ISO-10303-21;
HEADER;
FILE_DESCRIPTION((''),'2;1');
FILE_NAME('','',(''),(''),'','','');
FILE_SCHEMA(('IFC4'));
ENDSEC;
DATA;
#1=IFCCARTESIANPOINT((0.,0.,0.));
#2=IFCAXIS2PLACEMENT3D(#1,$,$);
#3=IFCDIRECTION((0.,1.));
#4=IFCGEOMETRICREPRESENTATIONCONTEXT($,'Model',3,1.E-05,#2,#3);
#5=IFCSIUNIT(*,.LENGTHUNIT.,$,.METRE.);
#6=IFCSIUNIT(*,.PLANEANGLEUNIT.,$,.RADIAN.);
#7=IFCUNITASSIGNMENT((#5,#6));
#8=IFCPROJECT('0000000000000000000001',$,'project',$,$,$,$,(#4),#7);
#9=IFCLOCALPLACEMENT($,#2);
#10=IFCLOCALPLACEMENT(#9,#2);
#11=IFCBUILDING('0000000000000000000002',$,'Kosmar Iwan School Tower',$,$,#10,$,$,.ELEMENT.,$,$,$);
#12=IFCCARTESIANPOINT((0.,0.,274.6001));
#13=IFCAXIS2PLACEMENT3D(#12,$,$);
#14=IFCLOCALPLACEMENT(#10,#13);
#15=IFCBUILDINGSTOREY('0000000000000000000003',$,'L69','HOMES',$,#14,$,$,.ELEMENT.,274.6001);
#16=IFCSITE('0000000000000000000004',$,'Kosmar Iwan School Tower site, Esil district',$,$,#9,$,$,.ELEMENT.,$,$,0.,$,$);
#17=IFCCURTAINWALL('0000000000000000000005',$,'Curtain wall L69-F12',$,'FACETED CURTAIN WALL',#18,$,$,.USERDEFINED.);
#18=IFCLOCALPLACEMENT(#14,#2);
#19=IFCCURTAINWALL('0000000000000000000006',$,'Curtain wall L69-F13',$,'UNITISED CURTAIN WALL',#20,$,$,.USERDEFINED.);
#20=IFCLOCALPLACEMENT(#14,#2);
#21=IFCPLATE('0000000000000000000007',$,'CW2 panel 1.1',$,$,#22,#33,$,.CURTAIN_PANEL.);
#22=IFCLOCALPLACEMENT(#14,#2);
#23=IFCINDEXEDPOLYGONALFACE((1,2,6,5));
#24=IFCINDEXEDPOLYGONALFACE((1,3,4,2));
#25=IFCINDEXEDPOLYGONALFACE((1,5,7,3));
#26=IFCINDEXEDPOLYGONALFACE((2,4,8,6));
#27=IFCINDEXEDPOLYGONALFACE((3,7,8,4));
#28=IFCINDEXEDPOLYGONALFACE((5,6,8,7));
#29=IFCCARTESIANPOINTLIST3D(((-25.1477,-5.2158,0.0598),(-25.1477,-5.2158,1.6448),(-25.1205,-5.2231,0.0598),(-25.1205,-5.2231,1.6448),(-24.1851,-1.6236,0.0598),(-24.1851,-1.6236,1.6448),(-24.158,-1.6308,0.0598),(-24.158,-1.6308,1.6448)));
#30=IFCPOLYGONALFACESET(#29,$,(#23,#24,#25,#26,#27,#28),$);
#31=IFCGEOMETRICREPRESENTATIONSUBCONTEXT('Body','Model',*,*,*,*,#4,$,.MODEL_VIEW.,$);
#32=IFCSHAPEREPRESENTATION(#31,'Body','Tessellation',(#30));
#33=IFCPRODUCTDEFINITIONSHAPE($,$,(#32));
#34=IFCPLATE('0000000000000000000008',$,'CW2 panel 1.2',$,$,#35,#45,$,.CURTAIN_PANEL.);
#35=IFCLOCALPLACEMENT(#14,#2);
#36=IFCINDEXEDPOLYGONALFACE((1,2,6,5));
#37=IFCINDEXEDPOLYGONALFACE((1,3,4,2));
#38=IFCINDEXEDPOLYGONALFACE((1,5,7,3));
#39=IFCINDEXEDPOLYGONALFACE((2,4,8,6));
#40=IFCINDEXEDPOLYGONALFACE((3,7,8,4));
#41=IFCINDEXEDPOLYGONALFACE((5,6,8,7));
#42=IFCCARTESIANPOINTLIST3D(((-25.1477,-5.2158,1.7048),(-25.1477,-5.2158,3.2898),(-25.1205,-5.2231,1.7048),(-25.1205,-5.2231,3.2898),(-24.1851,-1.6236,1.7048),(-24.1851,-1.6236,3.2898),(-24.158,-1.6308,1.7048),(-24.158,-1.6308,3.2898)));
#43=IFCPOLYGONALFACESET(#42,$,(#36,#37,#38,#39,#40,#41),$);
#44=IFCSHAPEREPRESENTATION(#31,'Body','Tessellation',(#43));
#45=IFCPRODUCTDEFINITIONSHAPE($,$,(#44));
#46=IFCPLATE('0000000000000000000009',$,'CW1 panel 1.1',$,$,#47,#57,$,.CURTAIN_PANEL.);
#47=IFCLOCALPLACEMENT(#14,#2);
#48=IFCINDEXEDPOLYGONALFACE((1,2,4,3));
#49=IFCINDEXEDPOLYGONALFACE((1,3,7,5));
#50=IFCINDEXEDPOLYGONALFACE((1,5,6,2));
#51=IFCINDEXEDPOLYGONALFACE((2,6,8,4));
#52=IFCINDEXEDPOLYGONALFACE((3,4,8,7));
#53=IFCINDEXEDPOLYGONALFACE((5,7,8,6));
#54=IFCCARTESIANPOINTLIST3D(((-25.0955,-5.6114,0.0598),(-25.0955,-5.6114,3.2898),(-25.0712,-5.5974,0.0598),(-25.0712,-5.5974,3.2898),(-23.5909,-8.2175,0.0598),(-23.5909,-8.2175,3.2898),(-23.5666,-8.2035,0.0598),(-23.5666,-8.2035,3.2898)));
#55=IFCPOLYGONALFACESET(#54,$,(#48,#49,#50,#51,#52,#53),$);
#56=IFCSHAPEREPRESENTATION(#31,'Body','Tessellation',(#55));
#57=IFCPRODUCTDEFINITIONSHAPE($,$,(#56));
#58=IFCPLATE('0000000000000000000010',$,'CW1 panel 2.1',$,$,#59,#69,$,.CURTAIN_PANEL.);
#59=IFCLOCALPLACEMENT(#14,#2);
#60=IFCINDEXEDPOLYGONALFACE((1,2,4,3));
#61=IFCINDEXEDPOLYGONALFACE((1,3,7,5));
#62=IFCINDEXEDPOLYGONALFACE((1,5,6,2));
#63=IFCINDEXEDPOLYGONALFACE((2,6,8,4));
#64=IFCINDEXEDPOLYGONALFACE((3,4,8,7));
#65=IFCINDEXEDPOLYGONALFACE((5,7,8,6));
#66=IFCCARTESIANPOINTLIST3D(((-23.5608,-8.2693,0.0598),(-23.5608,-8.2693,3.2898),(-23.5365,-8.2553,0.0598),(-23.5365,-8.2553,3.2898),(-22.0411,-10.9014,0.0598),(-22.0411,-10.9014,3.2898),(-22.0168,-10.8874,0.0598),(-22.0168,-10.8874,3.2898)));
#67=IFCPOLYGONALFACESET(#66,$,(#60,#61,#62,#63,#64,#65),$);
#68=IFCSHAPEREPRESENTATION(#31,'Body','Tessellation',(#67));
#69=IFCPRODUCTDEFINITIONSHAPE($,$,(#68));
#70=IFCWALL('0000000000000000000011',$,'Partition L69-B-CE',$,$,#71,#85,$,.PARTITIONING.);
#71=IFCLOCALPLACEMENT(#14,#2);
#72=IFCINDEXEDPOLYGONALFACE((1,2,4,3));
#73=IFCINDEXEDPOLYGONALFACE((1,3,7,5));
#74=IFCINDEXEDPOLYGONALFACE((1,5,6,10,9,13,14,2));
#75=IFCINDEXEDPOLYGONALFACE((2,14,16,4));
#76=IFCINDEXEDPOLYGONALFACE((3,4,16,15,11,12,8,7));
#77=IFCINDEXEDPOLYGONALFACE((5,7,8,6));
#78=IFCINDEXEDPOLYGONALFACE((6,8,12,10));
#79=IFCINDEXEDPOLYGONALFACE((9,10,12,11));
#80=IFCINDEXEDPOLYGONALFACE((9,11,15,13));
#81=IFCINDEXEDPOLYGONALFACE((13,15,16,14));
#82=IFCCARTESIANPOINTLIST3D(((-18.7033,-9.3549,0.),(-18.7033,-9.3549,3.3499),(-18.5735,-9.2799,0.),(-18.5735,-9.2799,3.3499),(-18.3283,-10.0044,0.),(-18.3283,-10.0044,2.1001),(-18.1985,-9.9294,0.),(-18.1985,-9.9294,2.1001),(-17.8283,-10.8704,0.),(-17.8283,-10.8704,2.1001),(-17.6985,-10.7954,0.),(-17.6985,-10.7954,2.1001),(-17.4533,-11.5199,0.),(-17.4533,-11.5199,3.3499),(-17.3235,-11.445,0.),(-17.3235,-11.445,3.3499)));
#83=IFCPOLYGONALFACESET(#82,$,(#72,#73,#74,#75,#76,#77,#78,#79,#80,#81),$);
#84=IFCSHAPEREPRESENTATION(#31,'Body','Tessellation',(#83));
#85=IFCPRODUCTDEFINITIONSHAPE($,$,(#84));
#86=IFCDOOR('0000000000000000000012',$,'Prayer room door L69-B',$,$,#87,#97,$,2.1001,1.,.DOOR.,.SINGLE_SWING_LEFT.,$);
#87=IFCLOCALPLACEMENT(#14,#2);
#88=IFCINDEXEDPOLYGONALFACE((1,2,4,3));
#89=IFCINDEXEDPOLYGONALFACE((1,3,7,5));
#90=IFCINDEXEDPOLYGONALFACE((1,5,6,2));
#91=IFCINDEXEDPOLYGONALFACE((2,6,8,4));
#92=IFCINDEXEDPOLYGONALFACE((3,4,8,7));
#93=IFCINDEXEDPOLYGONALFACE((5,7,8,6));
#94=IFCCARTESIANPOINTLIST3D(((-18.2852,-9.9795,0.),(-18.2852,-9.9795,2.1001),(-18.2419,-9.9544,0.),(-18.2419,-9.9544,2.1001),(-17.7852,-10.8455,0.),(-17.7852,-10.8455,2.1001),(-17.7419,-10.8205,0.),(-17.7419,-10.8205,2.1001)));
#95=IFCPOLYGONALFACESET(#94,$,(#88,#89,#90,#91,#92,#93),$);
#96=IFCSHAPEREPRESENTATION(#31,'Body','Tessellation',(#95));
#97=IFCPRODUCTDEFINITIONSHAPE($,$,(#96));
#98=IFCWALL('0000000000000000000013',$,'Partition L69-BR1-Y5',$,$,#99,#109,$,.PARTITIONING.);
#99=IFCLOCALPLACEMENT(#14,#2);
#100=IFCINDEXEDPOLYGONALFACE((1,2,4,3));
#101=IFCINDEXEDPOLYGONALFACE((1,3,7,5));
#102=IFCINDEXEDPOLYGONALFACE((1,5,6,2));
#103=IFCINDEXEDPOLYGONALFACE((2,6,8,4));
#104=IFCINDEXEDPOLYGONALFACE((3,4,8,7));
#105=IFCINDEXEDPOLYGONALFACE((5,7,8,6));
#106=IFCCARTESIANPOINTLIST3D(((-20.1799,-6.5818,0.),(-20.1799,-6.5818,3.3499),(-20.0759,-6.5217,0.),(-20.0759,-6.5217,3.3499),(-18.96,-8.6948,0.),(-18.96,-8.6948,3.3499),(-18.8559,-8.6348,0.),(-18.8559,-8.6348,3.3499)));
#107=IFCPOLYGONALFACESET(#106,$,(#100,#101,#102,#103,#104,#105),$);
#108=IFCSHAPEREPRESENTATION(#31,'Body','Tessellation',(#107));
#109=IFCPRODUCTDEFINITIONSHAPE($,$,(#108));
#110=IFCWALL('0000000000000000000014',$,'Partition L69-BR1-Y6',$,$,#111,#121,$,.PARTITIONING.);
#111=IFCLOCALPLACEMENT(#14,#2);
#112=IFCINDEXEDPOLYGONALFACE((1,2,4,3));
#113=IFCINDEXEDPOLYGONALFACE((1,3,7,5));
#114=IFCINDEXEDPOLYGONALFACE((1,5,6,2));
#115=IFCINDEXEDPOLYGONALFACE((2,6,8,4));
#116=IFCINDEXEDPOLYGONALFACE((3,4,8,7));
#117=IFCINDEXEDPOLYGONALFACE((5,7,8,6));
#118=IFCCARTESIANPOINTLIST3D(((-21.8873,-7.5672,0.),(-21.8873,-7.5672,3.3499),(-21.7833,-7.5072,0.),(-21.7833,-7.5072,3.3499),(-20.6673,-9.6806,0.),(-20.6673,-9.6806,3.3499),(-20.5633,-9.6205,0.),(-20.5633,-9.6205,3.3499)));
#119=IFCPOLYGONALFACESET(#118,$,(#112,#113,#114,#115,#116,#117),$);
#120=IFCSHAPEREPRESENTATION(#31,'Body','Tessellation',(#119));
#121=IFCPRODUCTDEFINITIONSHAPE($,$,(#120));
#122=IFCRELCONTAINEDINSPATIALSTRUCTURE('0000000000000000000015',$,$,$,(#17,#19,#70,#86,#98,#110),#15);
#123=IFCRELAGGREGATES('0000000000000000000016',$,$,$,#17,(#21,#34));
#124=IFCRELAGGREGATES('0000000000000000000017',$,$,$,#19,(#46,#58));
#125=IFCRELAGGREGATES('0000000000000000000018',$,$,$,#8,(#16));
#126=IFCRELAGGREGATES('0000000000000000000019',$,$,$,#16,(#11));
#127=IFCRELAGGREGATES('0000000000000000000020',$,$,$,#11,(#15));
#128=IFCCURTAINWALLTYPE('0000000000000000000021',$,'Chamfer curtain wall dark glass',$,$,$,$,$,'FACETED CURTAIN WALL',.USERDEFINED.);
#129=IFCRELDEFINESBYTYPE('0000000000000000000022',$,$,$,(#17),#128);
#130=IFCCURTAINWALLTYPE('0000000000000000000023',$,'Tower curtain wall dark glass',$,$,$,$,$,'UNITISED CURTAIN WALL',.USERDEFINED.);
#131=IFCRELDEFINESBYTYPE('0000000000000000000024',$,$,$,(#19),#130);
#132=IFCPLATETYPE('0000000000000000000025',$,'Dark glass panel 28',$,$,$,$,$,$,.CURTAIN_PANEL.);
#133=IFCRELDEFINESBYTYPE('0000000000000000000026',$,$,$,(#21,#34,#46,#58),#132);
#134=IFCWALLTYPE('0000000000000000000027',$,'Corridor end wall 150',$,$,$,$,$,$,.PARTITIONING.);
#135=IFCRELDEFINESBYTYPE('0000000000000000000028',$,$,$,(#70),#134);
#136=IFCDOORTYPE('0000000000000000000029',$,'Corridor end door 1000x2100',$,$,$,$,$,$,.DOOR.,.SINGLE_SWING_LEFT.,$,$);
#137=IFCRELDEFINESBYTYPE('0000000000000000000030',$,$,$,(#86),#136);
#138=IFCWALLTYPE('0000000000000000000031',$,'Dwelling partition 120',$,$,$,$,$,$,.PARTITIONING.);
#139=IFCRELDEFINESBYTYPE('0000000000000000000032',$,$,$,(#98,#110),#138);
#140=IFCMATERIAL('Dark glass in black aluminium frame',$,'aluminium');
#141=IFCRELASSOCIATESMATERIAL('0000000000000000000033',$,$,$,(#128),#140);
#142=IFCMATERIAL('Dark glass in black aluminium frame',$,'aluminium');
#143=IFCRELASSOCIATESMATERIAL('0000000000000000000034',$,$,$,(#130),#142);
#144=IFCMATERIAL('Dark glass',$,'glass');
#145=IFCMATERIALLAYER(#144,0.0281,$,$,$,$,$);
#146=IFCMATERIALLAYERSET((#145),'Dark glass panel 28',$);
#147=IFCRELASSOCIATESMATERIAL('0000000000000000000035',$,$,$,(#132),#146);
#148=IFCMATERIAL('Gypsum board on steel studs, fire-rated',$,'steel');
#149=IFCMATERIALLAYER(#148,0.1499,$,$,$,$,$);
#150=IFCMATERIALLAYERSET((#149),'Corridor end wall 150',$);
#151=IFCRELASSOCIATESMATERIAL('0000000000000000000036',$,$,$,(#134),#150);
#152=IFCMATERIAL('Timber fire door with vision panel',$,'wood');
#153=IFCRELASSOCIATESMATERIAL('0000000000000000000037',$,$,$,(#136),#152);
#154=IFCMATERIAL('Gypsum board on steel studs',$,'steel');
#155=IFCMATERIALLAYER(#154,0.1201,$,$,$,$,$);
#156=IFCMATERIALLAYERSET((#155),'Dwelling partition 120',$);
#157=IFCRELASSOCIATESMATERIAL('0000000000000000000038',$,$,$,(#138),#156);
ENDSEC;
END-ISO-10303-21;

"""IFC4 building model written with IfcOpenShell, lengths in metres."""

from ifc_helpers import new_model, si_unit, direction, frame, frame_2d, origin, origin_2d, place, context, subcontext, project, spatial, rectangle, extrude, material, layer, layer_set, type_object, element, fill, aggregate, save


model = new_model("IFC4")

# Units and contexts
model_context = context("Model", 3, precision=1e-05, world=origin(), true_north=direction((0.0, 1.0)))
body_context = subcontext(model_context, "Body", "Model", "MODEL_VIEW")
ifc_project = project(units=[si_unit("LENGTHUNIT", "METRE"), si_unit("PLANEANGLEUNIT", "RADIAN")], contexts=[model_context])

# Site, building, storey
site_placement = place(None, origin())
site = spatial("IfcSite", under=ifc_project, at=site_placement, Name="Kosmar Iwan School Tower site, Esil district", CompositionType="ELEMENT", RefElevation=0.0)
building_placement = place(site_placement, origin())
building = spatial("IfcBuilding", under=site, at=building_placement, Name="Kosmar Iwan School Tower", CompositionType="ELEMENT")
storey_placement = place(building_placement, frame((0.0, 0.0, 274.6001)))
storey = spatial("IfcBuildingStorey", under=building, at=storey_placement, Name="L69", Description="HOMES", CompositionType="ELEMENT", Elevation=274.6001)

# Curtain wall
ifc_material_1 = material(Name="Dark glass in black aluminium frame", Category="aluminium")
curtain_wall_type_1 = type_object("IfcCurtainWallType", Name="Chamfer curtain wall dark glass", ElementType="FACETED CURTAIN WALL", PredefinedType="USERDEFINED", material=ifc_material_1)
curtain_wall_1_placement = place(storey_placement, origin())
curtain_wall_1 = element("IfcCurtainWall", 1, at=curtain_wall_1_placement, inside=storey, type_object=curtain_wall_type_1, Name="Curtain wall L69-F12", ObjectType="FACETED CURTAIN WALL", PredefinedType="USERDEFINED")

# Curtain wall
ifc_material_2 = material(Name="Dark glass in black aluminium frame", Category="aluminium")
curtain_wall_type_2 = type_object("IfcCurtainWallType", Name="Tower curtain wall dark glass", ElementType="UNITISED CURTAIN WALL", PredefinedType="USERDEFINED", material=ifc_material_2)
curtain_wall_2_placement = place(storey_placement, origin())
curtain_wall_2 = element("IfcCurtainWall", 2, at=curtain_wall_2_placement, inside=storey, type_object=curtain_wall_type_2, Name="Curtain wall L69-F13", ObjectType="UNITISED CURTAIN WALL", PredefinedType="USERDEFINED")

# Plates
ifc_material_3 = material(Name="Dark glass", Category="glass")
ifc_layer_1 = layer(ifc_material_3, 0.0281)
ifc_layer_set_1 = layer_set([ifc_layer_1], Name="Dark glass panel 28")
plate_type = type_object("IfcPlateType", Name="Dark glass panel 28", PredefinedType="CURTAIN_PANEL", material=ifc_layer_set_1)
plate_1_placement = place(storey_placement, frame((-24.6528, -3.4233, 0.0598), z_axis=(0.0, 0.0, 1.0), x_axis=(-0.258819, -0.965926, 0.0)))
plate_1 = element("IfcPlate", 3, at=plate_1_placement, type_object=plate_type, Name="CW2 panel 1.1", PredefinedType="CURTAIN_PANEL", context=body_context, shape_type="SweptSolid", body=[
    extrude(rectangle(XDim=3.719, YDim=0.0281, at=origin_2d()), origin(), (0.0, 0.0, 1.0), 1.585),
])
plate_2_placement = place(storey_placement, frame((-24.6528, -3.4233, 1.7048), z_axis=(0.0, 0.0, 1.0), x_axis=(-0.258819, -0.965926, 0.0)))
plate_2 = element("IfcPlate", 4, at=plate_2_placement, type_object=plate_type, Name="CW2 panel 1.2", PredefinedType="CURTAIN_PANEL", context=body_context, shape_type="SweptSolid", body=[
    extrude(rectangle(XDim=3.719, YDim=0.0281, at=origin_2d()), origin(), (0.0, 0.0, 1.0), 1.585),
])
aggregate(curtain_wall_1, [plate_1, plate_2])
plate_3_placement = place(storey_placement, frame((-24.3311, -6.9075, 0.0598), z_axis=(0.0, 0.0, 1.0), x_axis=(0.5, -0.866025, 0.0)))
plate_3 = element("IfcPlate", 5, at=plate_3_placement, type_object=plate_type, Name="CW1 panel 1.1", PredefinedType="CURTAIN_PANEL", context=body_context, shape_type="SweptSolid", body=[
    extrude(rectangle(XDim=3.0093, YDim=0.0281, at=origin_2d()), origin(), (0.0, 0.0, 1.0), 3.23),
])
plate_4_placement = place(storey_placement, frame((-22.7888, -9.5784, 0.0598), z_axis=(0.0, 0.0, 1.0), x_axis=(0.5, -0.866025, 0.0)))
plate_4 = element("IfcPlate", 6, at=plate_4_placement, type_object=plate_type, Name="CW1 panel 2.1", PredefinedType="CURTAIN_PANEL", context=body_context, shape_type="SweptSolid", body=[
    extrude(rectangle(XDim=3.0393, YDim=0.0281, at=origin_2d()), origin(), (0.0, 0.0, 1.0), 3.23),
])
aggregate(curtain_wall_2, [plate_3, plate_4])

# Wall, opening, door
ifc_material_4 = material(Name="Gypsum board on steel studs, fire-rated", Category="steel")
ifc_layer_2 = layer(ifc_material_4, 0.1499)
ifc_layer_set_2 = layer_set([ifc_layer_2], Name="Corridor end wall 150")
wall_type_1 = type_object("IfcWallType", Name="Corridor end wall 150", PredefinedType="PARTITIONING", material=ifc_layer_set_2)
wall_1_placement = place(storey_placement, frame((-18.6384, -9.3174, 0.0), z_axis=(0.0, 0.0, 1.0), x_axis=(0.500004, -0.866023, 0.0)))
wall_1 = element("IfcWall", 7, at=wall_1_placement, inside=storey, type_object=wall_type_1, Name="Partition L69-B-CE", PredefinedType="PARTITIONING", context=body_context, shape_type="SweptSolid", body=[
    extrude(rectangle(XDim=2.5, YDim=0.1499, at=frame_2d((1.25, 0.0))), origin(), (0.0, 0.0, 1.0), 3.3499),
])
opening_placement = place(wall_1_placement, frame((0.75, 0.0, 0.0)))
opening = element("IfcOpeningElement", 8, at=opening_placement, cuts=wall_1, PredefinedType="OPENING", context=body_context, shape_type="SweptSolid", body=[
    extrude(rectangle(XDim=1.0, YDim=2.1001, at=frame_2d((0.5, 1.05))), frame((0.0, 0.0869, 0.0), z_axis=(0.0, -1.0, 0.0), x_axis=(1.0, 0.0, 0.0)), (0.0, 0.0, 1.0), 0.1738),
])
ifc_material_5 = material(Name="Timber fire door with vision panel", Category="wood")
door_type = type_object("IfcDoorType", Name="Corridor end door 1000x2100", OperationType="SINGLE_SWING_LEFT", PredefinedType="DOOR", material=ifc_material_5)
door_placement = place(opening_placement, origin())
door = element("IfcDoor", 9, at=door_placement, inside=storey, type_object=door_type, Name="Prayer room door L69-B", OperationType="SINGLE_SWING_LEFT", OverallHeight=2.1001, OverallWidth=1.0, PredefinedType="DOOR", context=body_context, shape_type="SweptSolid", body=[
    extrude(rectangle(XDim=1.0, YDim=2.1001, at=frame_2d((0.5, 1.05))), frame((0.0, 0.0249, 0.0), z_axis=(0.0, -1.0, 0.0), x_axis=(1.0, 0.0, 0.0)), (0.0, 0.0, 1.0), 0.05),
])
fill(opening, door)

# Walls
ifc_material_6 = material(Name="Gypsum board on steel studs", Category="steel")
ifc_layer_3 = layer(ifc_material_6, 0.1201)
ifc_layer_set_3 = layer_set([ifc_layer_3], Name="Dwelling partition 120")
wall_type_2 = type_object("IfcWallType", Name="Dwelling partition 120", PredefinedType="PARTITIONING", material=ifc_layer_set_3)
wall_2_placement = place(storey_placement, frame((-18.908, -8.6648, 0.0), z_axis=(0.0, 0.0, 1.0), x_axis=(-0.500003, 0.866024, 0.0)))
element("IfcWall", 10, at=wall_2_placement, inside=storey, type_object=wall_type_2, Name="Partition L69-BR1-Y5", PredefinedType="PARTITIONING", context=body_context, shape_type="SweptSolid", body=[
    extrude(rectangle(XDim=2.4399, YDim=0.1201, at=frame_2d((1.22, 0.0))), origin(), (0.0, 0.0, 1.0), 3.3499),
])
wall_3_placement = place(storey_placement, frame((-20.6152, -9.6506, 0.0), z_axis=(0.0, 0.0, 1.0), x_axis=(-0.499959, 0.866049, 0.0)))
element("IfcWall", 11, at=wall_3_placement, inside=storey, type_object=wall_type_2, Name="Partition L69-BR1-Y6", PredefinedType="PARTITIONING", context=body_context, shape_type="SweptSolid", body=[
    extrude(rectangle(XDim=2.4402, YDim=0.1201, at=frame_2d((1.2202, 0.0))), origin(), (0.0, 0.0, 1.0), 3.3499),
])

save(model, "model.ifc")
